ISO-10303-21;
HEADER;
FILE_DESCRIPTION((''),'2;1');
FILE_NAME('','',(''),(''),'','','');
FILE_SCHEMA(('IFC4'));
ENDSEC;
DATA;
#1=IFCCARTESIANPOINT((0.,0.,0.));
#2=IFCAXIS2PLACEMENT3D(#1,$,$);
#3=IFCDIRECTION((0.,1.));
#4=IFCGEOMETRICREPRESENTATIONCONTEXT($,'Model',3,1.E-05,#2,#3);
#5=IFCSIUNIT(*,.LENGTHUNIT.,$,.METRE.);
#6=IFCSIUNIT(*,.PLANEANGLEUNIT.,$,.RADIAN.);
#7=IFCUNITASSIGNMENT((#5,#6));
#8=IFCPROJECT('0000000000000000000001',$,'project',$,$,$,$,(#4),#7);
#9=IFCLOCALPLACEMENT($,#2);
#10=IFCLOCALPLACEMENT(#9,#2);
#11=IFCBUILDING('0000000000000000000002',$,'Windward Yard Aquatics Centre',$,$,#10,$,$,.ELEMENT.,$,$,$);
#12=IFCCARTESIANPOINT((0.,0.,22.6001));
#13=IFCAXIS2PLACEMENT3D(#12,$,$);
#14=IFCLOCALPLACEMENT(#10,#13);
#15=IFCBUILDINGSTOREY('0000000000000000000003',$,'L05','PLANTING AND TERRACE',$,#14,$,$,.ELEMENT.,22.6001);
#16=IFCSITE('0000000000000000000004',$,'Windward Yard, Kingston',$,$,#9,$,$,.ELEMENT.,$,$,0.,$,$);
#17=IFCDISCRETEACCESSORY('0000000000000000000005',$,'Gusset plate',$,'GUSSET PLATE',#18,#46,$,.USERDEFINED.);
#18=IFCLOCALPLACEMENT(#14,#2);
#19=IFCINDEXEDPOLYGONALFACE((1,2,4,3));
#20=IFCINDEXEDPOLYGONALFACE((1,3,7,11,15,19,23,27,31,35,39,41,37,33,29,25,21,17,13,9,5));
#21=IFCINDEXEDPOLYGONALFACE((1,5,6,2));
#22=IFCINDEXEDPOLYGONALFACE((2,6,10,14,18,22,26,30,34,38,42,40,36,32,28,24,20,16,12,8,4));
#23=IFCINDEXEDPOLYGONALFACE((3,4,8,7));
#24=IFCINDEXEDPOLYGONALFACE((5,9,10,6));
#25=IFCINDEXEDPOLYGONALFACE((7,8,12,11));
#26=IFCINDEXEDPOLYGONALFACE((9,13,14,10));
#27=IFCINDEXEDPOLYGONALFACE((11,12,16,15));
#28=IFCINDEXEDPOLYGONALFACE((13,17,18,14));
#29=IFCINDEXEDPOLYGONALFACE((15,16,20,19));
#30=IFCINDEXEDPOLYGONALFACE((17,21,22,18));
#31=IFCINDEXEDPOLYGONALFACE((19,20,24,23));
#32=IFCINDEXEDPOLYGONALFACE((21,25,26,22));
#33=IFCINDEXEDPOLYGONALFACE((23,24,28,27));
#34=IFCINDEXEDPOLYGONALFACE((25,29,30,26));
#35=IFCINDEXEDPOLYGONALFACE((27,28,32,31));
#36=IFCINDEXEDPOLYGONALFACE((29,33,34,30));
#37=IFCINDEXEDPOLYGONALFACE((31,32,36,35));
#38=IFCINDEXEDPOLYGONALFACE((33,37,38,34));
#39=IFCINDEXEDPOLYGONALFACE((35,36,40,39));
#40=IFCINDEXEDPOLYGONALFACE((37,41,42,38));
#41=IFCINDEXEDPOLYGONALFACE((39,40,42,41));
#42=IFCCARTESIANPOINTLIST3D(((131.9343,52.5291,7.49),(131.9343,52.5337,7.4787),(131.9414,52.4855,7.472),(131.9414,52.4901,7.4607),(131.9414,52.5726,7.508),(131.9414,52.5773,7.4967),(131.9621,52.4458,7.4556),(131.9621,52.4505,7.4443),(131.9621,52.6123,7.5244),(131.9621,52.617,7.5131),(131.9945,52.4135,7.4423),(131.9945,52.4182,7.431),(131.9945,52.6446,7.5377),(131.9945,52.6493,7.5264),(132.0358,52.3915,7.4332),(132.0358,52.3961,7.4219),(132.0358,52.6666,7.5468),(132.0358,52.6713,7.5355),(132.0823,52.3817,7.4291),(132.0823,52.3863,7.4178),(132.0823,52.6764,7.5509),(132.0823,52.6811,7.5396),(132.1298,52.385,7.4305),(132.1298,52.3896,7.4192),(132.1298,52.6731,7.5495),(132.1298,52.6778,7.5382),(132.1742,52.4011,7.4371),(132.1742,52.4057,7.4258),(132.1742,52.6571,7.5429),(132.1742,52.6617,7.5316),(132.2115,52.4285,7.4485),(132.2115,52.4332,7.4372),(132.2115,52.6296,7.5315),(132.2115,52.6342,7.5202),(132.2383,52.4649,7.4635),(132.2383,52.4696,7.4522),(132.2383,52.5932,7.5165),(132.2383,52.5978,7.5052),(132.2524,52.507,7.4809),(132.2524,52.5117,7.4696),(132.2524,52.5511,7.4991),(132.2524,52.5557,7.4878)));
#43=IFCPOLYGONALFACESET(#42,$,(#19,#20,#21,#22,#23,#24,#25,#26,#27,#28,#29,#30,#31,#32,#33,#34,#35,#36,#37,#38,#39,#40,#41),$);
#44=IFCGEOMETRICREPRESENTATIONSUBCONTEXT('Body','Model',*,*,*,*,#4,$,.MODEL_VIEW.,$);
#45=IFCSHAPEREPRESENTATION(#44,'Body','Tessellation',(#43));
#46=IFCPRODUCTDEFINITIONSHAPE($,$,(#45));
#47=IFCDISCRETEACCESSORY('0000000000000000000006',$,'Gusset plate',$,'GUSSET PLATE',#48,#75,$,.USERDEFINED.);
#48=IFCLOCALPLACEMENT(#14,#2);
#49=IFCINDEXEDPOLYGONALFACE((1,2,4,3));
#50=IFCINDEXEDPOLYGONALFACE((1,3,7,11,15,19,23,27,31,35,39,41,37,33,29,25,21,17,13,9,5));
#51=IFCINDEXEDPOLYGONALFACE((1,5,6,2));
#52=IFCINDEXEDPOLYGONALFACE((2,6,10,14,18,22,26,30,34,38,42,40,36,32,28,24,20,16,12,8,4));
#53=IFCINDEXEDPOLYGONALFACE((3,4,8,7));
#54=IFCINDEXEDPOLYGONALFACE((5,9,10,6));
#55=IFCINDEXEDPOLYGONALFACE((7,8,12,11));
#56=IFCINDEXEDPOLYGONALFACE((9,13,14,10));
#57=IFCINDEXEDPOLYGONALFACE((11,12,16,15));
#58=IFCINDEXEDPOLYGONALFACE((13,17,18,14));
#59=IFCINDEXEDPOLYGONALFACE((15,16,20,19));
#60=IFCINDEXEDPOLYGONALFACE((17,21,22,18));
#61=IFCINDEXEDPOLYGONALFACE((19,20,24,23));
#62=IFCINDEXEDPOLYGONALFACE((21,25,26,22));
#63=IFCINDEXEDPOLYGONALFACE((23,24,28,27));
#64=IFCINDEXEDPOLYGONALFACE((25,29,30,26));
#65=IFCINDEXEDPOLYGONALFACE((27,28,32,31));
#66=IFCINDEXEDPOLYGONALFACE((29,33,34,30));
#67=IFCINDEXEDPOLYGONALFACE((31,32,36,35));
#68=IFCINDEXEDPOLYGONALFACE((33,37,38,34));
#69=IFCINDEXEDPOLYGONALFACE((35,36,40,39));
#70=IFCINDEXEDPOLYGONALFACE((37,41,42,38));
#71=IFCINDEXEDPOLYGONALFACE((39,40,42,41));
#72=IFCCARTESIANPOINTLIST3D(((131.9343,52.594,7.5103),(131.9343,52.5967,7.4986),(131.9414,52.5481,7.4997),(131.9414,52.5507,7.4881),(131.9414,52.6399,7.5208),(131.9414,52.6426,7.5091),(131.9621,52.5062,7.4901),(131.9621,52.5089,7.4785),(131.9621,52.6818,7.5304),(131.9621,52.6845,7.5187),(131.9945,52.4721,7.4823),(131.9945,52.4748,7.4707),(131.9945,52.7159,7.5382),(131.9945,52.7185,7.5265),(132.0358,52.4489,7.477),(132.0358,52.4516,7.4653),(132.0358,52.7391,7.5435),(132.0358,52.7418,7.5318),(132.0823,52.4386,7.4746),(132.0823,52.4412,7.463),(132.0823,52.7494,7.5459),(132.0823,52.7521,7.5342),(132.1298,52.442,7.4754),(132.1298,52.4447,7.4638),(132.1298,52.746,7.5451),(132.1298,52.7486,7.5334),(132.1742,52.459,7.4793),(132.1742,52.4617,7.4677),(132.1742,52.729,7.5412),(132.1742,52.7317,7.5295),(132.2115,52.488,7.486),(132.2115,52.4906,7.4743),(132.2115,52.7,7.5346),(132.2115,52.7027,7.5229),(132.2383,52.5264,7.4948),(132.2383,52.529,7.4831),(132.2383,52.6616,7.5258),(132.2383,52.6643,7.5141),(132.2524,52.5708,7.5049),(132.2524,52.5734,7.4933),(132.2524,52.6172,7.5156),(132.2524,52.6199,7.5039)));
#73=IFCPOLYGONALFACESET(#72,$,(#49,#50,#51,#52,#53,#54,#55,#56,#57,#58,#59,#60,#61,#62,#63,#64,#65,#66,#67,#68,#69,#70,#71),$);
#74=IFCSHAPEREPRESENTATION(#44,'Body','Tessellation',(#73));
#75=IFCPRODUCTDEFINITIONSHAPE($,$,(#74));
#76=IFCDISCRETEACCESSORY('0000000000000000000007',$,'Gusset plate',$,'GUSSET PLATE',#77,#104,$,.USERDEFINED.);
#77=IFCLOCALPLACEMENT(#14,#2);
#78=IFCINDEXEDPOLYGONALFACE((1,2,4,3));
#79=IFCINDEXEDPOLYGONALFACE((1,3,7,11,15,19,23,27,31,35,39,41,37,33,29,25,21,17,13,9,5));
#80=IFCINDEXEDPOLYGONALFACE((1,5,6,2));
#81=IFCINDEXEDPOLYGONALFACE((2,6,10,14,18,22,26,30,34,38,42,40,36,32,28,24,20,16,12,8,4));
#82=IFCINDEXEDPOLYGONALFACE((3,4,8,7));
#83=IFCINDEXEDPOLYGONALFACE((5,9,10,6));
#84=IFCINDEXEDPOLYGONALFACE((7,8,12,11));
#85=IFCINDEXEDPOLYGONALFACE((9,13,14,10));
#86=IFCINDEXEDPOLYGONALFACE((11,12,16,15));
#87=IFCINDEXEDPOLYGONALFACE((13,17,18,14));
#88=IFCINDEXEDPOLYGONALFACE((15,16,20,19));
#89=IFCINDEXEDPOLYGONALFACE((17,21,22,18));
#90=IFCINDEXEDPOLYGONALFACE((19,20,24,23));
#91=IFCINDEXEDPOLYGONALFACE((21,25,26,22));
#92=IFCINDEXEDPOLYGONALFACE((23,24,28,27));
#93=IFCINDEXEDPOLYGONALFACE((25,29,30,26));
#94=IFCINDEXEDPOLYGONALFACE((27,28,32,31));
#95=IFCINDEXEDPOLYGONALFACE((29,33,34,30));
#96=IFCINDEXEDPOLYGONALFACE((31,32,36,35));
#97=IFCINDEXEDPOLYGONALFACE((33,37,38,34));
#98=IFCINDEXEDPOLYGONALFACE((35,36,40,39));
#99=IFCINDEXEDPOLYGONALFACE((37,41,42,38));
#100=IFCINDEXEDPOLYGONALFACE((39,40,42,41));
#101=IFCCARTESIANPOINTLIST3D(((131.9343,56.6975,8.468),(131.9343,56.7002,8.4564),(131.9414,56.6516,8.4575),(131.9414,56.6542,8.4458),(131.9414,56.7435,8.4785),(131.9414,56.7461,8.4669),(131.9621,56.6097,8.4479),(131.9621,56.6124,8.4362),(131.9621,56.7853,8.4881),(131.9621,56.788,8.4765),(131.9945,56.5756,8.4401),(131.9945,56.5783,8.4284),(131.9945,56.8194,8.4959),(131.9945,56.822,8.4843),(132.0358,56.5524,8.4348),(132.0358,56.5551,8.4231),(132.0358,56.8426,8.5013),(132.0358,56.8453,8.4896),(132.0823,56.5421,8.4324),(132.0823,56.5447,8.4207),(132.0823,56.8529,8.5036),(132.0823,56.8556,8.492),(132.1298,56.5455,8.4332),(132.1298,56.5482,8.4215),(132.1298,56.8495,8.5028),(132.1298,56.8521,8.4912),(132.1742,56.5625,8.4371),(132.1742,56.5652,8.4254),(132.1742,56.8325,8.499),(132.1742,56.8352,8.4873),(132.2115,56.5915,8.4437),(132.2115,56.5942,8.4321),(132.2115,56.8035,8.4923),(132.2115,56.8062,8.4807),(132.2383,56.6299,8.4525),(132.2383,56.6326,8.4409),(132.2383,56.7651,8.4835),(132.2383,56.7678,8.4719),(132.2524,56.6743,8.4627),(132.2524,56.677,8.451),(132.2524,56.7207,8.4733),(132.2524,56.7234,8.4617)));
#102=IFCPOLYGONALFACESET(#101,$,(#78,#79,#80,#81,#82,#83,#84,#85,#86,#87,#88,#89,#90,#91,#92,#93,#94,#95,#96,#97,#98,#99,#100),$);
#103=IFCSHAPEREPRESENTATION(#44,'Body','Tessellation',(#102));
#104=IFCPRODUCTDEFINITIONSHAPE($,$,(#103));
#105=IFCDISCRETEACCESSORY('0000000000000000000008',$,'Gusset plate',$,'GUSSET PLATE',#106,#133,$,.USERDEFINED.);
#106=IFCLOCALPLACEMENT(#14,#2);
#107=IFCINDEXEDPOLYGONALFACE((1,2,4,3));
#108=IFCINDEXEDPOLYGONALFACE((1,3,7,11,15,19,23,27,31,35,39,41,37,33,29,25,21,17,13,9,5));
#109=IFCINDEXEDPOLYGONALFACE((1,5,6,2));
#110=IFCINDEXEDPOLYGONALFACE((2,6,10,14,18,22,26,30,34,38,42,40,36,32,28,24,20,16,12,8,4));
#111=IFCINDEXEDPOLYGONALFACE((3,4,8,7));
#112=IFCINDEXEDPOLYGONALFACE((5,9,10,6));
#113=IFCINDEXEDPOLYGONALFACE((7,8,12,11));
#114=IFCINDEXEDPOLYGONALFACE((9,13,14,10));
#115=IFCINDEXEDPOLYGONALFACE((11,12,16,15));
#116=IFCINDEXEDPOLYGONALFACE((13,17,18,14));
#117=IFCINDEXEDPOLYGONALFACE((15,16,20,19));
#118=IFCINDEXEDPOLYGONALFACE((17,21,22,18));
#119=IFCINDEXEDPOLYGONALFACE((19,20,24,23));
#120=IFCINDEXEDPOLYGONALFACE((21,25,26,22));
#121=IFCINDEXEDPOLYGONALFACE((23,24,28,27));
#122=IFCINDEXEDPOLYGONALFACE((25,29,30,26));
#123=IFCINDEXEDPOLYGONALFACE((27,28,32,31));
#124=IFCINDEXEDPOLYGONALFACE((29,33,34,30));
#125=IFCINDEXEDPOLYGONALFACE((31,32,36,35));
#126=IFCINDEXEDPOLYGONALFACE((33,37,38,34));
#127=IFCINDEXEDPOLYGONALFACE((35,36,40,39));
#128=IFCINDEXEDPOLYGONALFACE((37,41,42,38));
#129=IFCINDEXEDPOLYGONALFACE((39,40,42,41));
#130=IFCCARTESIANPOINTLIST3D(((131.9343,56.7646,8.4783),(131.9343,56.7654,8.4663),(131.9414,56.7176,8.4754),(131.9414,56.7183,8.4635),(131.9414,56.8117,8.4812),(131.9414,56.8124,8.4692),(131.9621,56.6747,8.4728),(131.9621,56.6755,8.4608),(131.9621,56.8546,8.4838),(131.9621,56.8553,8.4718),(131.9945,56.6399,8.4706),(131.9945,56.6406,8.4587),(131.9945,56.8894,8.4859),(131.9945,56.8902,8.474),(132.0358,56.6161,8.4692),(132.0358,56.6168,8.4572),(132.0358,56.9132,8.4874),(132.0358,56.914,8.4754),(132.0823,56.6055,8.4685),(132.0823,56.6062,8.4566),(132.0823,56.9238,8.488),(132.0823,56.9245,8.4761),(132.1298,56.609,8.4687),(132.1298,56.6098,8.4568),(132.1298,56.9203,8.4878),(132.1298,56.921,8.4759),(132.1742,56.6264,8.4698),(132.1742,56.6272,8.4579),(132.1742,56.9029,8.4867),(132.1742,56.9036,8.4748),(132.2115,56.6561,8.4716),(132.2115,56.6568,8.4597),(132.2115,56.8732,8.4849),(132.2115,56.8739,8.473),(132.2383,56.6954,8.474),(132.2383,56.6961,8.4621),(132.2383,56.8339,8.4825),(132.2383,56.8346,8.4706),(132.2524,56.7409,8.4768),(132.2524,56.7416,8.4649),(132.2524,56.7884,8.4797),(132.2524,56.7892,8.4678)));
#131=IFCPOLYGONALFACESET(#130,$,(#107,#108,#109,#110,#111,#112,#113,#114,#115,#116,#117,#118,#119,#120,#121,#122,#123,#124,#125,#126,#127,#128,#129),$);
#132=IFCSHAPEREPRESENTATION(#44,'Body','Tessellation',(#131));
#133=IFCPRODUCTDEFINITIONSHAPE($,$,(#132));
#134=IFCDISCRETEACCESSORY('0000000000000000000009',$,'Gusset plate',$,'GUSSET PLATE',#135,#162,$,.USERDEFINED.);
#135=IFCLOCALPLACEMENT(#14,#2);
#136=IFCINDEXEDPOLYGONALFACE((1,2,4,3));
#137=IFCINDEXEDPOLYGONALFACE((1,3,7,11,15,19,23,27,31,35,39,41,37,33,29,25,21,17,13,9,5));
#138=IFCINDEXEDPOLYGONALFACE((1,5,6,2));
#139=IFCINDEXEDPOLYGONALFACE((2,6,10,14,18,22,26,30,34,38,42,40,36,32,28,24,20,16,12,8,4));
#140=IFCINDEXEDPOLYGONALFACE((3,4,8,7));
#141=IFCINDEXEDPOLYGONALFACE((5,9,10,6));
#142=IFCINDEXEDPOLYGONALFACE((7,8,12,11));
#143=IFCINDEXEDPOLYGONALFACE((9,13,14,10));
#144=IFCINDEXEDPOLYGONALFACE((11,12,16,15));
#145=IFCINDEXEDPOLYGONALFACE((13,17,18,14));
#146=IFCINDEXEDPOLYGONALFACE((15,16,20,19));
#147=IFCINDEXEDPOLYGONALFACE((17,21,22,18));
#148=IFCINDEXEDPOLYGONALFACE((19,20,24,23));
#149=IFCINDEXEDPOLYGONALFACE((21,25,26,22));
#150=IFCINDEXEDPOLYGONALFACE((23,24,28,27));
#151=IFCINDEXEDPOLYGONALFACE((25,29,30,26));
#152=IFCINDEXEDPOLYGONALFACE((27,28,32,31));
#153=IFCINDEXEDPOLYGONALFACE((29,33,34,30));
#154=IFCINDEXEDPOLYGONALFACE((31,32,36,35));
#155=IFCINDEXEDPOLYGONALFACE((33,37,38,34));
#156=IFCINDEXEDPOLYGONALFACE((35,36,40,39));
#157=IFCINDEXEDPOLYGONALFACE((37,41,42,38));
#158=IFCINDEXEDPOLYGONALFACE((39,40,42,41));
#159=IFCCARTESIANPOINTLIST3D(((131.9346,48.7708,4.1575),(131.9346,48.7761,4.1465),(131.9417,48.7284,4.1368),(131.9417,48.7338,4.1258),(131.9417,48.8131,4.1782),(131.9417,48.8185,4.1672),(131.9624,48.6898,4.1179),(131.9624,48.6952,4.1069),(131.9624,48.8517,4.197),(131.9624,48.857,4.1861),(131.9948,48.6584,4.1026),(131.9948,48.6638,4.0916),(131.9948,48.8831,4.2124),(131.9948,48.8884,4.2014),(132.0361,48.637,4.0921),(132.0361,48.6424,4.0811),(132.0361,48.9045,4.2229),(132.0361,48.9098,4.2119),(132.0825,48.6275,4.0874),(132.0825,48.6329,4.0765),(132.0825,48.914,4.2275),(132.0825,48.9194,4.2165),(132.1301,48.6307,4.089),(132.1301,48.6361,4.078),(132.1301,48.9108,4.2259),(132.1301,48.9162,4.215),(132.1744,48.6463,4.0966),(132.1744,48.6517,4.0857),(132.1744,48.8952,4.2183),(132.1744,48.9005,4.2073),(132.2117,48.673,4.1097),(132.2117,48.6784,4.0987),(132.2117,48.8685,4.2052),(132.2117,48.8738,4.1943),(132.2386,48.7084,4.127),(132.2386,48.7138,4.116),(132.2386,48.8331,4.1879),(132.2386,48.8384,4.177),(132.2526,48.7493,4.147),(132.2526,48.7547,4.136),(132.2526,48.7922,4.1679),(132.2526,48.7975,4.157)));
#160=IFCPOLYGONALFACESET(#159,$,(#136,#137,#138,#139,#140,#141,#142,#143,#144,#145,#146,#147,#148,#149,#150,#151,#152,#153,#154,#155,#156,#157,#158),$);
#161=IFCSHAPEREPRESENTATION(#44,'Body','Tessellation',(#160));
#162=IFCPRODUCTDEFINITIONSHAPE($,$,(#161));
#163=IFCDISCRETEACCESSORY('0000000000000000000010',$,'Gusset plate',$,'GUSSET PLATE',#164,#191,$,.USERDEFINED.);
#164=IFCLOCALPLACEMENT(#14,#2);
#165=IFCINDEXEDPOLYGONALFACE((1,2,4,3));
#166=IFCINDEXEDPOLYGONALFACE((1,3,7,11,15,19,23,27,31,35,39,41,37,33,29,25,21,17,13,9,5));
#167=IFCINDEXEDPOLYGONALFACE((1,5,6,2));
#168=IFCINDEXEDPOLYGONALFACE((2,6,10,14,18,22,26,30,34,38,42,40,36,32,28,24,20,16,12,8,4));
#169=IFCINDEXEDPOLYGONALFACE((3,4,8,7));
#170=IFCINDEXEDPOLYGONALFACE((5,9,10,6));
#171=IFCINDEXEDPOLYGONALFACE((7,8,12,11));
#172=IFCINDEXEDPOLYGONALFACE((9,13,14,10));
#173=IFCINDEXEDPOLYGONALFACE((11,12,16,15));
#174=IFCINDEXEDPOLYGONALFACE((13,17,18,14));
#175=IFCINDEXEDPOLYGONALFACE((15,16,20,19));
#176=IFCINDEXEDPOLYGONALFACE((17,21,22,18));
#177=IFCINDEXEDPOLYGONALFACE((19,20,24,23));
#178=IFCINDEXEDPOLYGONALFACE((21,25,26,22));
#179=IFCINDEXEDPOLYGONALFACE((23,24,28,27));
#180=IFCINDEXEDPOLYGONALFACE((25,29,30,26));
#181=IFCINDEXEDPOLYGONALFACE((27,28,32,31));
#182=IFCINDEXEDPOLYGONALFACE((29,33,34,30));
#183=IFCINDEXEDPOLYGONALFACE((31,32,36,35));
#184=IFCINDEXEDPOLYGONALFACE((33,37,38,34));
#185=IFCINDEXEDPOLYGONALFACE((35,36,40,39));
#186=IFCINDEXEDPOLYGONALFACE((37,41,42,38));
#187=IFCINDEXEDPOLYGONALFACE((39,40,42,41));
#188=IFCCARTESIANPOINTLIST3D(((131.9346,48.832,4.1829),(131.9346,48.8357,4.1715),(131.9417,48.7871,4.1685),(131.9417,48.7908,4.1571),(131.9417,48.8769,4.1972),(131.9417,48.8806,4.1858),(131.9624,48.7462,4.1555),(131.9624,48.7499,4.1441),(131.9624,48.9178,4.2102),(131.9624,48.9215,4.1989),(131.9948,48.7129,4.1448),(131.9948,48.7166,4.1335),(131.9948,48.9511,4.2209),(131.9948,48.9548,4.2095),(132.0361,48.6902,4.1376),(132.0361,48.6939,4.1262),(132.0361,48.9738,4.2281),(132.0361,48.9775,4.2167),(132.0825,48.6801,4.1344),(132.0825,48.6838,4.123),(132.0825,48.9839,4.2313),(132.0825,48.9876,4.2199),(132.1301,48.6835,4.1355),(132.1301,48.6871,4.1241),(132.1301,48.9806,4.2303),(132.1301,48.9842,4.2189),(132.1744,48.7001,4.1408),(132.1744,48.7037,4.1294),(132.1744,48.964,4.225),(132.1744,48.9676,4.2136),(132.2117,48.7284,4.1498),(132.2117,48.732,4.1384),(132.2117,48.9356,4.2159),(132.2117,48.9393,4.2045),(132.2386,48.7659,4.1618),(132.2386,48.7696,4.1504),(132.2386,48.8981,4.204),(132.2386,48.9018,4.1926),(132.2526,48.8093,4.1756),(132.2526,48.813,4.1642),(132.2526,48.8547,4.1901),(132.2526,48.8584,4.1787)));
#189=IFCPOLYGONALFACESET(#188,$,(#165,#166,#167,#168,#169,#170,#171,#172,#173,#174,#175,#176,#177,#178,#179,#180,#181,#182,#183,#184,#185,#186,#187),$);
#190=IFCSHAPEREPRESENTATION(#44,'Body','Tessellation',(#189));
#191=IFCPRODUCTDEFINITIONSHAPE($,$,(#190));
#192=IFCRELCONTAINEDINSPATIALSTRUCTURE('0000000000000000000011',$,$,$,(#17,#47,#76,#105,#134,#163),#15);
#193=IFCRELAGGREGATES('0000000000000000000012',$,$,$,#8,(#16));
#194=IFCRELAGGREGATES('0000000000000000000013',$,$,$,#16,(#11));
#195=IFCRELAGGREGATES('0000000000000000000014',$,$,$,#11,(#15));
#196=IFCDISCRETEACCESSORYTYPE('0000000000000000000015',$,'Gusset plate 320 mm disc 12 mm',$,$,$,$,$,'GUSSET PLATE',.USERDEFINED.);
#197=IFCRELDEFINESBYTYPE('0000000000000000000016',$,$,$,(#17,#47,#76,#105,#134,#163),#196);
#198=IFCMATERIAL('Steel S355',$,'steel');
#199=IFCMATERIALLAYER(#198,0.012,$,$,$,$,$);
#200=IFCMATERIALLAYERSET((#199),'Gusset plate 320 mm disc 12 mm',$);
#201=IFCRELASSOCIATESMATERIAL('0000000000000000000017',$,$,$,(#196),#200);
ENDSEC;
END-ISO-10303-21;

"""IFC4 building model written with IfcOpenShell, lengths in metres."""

from ifc_helpers import new_model, si_unit, direction, frame, origin, origin_2d, place, context, subcontext, project, spatial, circle, extrude, material, layer, layer_set, type_object, element, save


model = new_model("IFC4")

# Units and contexts
model_context = context("Model", 3, precision=1e-05, world=origin(), true_north=direction((0.0, 1.0)))
body_context = subcontext(model_context, "Body", "Model", "MODEL_VIEW")
ifc_project = project(units=[si_unit("LENGTHUNIT", "METRE"), si_unit("PLANEANGLEUNIT", "RADIAN")], contexts=[model_context])

# Site, building, storey
site_placement = place(None, origin())
site = spatial("IfcSite", under=ifc_project, at=site_placement, Name="Windward Yard, Kingston", CompositionType="ELEMENT", RefElevation=0.0)
building_placement = place(site_placement, origin())
building = spatial("IfcBuilding", under=site, at=building_placement, Name="Windward Yard Aquatics Centre", CompositionType="ELEMENT")
storey_placement = place(building_placement, frame((0.0, 0.0, 22.6001)))
storey = spatial("IfcBuildingStorey", under=building, at=storey_placement, Name="L05", Description="PLANTING AND TERRACE", CompositionType="ELEMENT", Elevation=22.6001)

# Discrete accessories
ifc_material_1 = material(Name="Steel S355", Category="steel")
ifc_layer = layer(ifc_material_1, 0.012)
ifc_layer_set = layer_set([ifc_layer], Name="Gusset plate 320 mm disc 12 mm")
discrete_accessory_type = type_object("IfcDiscreteAccessoryType", Name="Gusset plate 320 mm disc 12 mm", ElementType="GUSSET PLATE", PredefinedType="USERDEFINED", material=ifc_layer_set)
discrete_accessory_1_placement = place(storey_placement, frame((132.0942, 52.5291, 7.49), z_axis=(0.0, 0.38176, -0.924261), x_axis=(-1.0, 0.0, 0.0)))
element("IfcDiscreteAccessory", 1, at=discrete_accessory_1_placement, inside=storey, type_object=discrete_accessory_type, Name="Gusset plate", ObjectType="GUSSET PLATE", PredefinedType="USERDEFINED", context=body_context, shape_type="SweptSolid", body=[
    extrude(circle(Radius=0.1599, at=origin_2d()), origin(), (0.0, 0.0, 1.0), 0.0122),
])
for number, where, z_axis, x_axis, name in (
    (2, (132.0942, 52.594, 7.5103), (0.0, 0.223376, -0.974732), (-1.0, 0.0, 0.0), "Gusset plate"),
    (3, (132.0942, 56.6975, 8.468), (0.0, 0.223376, -0.974732), (-1.0, 0.0, 0.0), "Gusset plate"),
    (4, (132.0942, 56.7646, 8.4783), (0.0, 0.06111, -0.998131), (-1.0, 0.0, 0.0), "Gusset plate"),
):
    element("IfcDiscreteAccessory", number, at=place(storey_placement, frame(where, z_axis=z_axis, x_axis=x_axis)), inside=storey, type_object=discrete_accessory_type, Name=name, ObjectType="GUSSET PLATE", PredefinedType="USERDEFINED", context=body_context, shape_type="SweptSolid", body=[
        extrude(circle(Radius=0.1599, at=origin_2d()), origin(), (0.0, 0.0, 1.0), 0.012),
    ])
discrete_accessory_2_placement = place(storey_placement, frame((132.0945, 48.7708, 4.1575), z_axis=(0.0, 0.43921, -0.898384), x_axis=(-1.0, 0.0, 0.0)))
element("IfcDiscreteAccessory", 5, at=discrete_accessory_2_placement, inside=storey, type_object=discrete_accessory_type, Name="Gusset plate", ObjectType="GUSSET PLATE", PredefinedType="USERDEFINED", context=body_context, shape_type="SweptSolid", body=[
    extrude(circle(Radius=0.1599, at=origin_2d()), origin(), (0.0, 0.0, 1.0), 0.0122),
])
for number, where, z_axis, x_axis, name in (
    (6, (132.0945, 48.832, 4.1829), (0.0, 0.30404, -0.952659), (-1.0, 0.0, 0.0), "Gusset plate"),
):
    element("IfcDiscreteAccessory", number, at=place(storey_placement, frame(where, z_axis=z_axis, x_axis=x_axis)), inside=storey, type_object=discrete_accessory_type, Name=name, ObjectType="GUSSET PLATE", PredefinedType="USERDEFINED", context=body_context, shape_type="SweptSolid", body=[
        extrude(circle(Radius=0.1599, at=origin_2d()), origin(), (0.0, 0.0, 1.0), 0.012),
    ])

save(model, "model.ifc")
